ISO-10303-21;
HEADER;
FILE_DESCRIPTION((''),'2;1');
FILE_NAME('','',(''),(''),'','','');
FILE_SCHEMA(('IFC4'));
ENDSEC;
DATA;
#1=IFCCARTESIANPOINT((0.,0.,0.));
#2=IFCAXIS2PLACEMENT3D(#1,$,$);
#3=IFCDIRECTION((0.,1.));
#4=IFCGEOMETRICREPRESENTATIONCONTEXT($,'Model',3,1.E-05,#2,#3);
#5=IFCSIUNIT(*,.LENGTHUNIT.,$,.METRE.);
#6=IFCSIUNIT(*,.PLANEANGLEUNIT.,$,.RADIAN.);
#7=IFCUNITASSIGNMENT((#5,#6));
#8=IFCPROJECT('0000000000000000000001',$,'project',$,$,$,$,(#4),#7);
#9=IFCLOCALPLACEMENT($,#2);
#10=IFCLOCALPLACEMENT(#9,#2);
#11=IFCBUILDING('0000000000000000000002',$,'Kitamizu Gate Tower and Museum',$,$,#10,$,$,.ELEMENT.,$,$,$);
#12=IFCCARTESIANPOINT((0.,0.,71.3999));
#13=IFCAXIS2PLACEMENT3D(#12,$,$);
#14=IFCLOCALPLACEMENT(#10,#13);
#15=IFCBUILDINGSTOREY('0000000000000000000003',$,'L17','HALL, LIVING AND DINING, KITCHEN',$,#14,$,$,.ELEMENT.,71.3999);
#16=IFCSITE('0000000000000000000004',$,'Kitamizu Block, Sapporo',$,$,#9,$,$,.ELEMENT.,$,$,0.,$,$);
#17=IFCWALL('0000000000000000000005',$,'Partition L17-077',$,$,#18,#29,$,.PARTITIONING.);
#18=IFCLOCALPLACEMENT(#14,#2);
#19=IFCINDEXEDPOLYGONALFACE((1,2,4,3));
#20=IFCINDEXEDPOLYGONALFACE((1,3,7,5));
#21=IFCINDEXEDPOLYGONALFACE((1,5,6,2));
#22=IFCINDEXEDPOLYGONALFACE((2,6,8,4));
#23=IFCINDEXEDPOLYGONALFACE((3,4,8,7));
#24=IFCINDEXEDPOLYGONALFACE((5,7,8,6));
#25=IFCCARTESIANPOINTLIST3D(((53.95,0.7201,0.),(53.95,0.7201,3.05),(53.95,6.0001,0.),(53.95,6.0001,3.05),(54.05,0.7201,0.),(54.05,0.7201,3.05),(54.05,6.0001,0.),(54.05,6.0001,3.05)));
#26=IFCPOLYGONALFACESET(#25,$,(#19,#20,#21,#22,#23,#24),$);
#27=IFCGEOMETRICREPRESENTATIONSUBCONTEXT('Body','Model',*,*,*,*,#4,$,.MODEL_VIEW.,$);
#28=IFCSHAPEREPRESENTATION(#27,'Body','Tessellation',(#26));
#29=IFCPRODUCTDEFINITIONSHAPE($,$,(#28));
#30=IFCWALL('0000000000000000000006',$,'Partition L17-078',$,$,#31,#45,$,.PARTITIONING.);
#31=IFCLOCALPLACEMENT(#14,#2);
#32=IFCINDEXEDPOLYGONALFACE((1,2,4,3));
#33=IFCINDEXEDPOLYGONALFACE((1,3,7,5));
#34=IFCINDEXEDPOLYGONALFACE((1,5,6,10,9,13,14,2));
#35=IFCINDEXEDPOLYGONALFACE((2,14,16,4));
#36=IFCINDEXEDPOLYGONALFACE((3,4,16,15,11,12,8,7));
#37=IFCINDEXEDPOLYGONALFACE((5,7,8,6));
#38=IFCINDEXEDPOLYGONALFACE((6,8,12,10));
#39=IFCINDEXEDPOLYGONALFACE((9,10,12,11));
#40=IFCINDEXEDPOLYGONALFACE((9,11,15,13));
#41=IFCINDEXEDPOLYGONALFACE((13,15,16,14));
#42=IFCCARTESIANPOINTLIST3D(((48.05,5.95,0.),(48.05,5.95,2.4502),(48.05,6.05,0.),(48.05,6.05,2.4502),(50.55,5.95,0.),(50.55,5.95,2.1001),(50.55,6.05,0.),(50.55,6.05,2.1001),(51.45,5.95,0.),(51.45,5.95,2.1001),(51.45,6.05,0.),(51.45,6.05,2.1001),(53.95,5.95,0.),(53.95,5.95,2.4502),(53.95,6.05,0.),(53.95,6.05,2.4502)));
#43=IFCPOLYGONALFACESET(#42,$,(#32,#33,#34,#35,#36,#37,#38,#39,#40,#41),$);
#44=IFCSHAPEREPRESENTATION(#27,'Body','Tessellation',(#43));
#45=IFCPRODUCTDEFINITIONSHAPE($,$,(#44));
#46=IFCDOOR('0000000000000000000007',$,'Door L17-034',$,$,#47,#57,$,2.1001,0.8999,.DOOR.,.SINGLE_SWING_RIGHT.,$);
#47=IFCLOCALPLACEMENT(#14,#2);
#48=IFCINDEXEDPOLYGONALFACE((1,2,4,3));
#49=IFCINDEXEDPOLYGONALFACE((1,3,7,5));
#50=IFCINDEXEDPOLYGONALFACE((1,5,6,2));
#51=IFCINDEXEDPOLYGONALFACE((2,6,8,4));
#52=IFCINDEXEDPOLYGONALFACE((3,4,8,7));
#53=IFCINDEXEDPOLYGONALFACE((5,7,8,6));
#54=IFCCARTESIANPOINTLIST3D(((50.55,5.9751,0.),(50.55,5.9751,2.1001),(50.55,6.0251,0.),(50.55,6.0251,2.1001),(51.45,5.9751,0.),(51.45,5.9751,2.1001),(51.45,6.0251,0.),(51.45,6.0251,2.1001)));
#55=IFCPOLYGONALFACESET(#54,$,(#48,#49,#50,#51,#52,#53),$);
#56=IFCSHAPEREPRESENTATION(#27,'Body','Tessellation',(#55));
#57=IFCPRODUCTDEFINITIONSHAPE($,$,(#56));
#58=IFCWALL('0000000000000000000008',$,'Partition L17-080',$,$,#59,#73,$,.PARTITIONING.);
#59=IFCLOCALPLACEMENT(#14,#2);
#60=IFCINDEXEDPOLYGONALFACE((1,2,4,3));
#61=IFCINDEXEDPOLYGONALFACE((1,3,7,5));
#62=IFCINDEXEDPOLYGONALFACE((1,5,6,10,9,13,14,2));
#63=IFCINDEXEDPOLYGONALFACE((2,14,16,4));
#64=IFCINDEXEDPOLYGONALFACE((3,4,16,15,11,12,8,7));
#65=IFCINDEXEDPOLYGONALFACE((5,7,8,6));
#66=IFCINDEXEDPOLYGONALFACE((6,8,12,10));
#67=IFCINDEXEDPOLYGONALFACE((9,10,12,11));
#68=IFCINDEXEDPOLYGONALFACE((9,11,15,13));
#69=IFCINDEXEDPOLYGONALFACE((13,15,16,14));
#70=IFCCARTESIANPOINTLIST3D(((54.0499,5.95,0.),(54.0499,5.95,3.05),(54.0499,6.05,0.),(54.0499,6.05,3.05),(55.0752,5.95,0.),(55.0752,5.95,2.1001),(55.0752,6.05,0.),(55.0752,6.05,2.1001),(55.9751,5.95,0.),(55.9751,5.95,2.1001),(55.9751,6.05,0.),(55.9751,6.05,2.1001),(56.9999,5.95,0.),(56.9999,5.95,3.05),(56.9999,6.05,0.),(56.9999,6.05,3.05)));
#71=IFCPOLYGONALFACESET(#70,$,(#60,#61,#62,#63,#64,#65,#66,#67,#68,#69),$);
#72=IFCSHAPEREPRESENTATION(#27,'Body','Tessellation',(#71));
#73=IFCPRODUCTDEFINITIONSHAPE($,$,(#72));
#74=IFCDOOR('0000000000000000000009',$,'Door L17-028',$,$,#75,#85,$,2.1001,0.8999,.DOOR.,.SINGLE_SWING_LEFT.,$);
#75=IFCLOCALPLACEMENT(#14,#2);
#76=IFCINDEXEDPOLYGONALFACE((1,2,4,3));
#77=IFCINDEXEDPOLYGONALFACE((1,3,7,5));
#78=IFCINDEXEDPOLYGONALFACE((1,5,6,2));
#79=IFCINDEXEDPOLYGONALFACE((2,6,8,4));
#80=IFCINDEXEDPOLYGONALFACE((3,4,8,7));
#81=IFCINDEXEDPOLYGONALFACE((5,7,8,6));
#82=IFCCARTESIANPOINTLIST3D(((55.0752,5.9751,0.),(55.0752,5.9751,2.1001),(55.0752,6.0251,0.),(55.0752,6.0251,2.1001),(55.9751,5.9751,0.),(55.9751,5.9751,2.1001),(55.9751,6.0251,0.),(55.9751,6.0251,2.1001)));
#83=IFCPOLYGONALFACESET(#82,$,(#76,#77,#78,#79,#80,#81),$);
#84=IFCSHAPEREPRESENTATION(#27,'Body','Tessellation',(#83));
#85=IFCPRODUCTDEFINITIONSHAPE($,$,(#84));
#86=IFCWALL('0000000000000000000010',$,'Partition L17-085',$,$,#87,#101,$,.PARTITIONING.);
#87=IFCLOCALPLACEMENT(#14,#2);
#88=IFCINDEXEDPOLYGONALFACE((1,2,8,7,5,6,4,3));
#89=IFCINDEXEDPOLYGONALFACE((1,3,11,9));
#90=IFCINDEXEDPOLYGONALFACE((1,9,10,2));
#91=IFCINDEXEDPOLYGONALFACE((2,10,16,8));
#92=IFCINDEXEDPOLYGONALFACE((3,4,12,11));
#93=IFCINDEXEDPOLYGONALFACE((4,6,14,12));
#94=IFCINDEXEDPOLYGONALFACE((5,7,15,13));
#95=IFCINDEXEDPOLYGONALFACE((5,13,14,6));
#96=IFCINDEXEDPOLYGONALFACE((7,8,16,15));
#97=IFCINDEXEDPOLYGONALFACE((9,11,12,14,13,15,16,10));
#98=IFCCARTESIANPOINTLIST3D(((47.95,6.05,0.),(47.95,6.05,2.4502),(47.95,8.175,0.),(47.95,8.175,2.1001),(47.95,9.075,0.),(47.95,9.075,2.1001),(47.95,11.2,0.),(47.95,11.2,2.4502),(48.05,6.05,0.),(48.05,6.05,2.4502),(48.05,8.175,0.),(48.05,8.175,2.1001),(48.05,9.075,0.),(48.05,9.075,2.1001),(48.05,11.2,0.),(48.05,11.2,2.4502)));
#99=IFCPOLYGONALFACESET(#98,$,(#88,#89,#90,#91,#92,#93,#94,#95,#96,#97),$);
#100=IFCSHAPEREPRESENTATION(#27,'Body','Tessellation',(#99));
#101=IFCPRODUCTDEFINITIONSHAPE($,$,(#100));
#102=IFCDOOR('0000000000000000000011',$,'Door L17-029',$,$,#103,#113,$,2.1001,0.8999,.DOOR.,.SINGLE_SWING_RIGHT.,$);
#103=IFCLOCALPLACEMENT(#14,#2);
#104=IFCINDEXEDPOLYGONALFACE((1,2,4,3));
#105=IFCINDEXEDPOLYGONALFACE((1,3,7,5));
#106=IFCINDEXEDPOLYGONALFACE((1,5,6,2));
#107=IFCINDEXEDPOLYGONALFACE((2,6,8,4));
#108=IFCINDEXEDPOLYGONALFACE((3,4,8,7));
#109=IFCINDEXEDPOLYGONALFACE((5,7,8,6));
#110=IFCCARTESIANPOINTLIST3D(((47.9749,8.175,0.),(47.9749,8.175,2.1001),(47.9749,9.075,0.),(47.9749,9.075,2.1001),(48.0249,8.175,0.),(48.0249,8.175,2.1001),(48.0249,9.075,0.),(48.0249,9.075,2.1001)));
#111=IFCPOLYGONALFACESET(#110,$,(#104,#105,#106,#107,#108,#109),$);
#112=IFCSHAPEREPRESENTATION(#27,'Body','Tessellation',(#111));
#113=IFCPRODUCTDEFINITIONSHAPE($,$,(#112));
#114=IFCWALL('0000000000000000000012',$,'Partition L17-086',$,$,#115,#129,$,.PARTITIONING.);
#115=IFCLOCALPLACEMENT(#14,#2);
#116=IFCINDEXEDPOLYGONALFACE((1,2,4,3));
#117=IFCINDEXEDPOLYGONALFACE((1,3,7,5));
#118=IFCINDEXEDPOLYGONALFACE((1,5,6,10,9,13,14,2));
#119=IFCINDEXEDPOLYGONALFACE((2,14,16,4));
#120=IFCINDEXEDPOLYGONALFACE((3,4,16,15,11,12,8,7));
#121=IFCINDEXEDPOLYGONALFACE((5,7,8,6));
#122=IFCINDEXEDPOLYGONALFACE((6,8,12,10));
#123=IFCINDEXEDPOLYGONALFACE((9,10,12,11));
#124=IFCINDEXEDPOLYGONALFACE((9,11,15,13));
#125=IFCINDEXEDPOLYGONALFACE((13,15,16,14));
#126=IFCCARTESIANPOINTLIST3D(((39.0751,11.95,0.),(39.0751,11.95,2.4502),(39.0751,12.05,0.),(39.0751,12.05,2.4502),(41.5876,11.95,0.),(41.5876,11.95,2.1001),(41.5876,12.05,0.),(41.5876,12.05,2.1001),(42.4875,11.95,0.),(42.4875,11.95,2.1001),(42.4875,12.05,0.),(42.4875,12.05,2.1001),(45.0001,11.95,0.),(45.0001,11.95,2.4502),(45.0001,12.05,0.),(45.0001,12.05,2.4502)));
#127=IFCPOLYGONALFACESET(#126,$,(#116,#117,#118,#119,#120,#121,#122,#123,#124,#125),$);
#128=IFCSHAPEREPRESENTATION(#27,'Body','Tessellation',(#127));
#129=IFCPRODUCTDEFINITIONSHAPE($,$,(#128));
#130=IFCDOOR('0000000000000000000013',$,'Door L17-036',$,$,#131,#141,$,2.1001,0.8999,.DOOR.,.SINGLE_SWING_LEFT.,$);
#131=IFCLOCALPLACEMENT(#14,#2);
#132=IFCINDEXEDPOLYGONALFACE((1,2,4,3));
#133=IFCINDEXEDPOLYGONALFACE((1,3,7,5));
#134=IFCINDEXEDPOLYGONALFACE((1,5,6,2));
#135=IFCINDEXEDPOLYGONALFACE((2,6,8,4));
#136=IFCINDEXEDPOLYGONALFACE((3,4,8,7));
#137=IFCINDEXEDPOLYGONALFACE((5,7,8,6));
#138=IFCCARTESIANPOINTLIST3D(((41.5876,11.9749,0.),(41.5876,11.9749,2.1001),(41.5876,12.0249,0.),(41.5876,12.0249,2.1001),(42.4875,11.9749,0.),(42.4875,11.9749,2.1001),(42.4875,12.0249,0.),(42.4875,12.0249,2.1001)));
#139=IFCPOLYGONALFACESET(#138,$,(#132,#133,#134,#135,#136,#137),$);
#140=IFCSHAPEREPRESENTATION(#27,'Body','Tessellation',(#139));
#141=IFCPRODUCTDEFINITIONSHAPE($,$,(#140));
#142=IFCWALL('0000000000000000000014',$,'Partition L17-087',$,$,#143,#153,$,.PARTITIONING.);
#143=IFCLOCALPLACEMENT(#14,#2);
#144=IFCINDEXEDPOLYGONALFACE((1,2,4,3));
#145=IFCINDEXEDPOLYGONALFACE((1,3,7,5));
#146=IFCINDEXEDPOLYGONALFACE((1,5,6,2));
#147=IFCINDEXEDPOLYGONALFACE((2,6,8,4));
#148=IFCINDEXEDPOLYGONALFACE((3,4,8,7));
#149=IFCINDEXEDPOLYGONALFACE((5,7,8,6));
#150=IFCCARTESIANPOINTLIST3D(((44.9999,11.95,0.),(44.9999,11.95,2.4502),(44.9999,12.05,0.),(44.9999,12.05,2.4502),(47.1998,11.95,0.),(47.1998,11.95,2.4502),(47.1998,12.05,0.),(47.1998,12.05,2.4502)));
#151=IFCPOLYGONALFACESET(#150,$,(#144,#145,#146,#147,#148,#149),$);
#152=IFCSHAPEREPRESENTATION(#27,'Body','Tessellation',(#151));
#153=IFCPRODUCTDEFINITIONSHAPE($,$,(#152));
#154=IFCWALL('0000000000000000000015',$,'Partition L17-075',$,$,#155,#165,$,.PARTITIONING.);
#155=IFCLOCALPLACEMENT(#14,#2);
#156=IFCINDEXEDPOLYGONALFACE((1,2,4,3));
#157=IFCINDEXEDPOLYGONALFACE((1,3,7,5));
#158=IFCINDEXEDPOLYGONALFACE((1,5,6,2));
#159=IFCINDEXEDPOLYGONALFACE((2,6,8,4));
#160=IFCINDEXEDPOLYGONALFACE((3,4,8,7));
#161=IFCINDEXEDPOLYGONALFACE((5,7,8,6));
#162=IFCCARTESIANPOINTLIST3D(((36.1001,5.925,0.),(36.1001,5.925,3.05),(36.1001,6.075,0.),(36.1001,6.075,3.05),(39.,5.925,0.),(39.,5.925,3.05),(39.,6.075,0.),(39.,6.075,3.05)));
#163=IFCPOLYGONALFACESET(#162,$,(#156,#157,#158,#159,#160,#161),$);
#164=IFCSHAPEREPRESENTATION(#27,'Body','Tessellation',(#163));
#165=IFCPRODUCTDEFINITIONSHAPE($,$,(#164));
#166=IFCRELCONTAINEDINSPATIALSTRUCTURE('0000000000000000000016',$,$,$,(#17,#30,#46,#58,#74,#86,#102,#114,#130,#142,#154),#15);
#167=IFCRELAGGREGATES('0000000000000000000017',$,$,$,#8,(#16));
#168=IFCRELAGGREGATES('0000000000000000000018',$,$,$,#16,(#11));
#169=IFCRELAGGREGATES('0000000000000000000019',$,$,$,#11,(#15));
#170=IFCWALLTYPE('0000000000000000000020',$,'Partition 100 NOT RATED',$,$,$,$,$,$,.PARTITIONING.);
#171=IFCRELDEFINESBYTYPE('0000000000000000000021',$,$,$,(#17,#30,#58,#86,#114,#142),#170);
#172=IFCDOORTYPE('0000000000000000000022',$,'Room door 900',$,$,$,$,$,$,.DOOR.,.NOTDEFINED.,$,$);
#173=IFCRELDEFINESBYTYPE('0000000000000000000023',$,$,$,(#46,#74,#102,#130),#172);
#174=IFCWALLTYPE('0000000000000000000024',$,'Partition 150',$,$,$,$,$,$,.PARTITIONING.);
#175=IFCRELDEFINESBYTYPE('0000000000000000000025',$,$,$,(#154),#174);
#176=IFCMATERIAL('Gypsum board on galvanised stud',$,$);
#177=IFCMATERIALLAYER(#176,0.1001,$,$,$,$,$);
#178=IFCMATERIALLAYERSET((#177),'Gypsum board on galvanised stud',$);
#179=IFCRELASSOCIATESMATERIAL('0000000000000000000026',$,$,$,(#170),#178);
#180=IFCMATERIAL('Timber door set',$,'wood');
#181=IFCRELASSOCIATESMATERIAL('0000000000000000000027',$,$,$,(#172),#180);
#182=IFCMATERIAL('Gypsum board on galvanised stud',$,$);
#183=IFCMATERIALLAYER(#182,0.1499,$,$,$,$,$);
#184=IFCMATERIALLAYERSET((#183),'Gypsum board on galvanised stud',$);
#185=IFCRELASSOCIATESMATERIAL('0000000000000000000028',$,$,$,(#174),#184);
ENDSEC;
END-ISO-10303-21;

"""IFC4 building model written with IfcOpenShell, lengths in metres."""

from ifc_helpers import new_model, si_unit, direction, frame, frame_2d, origin, place, context, subcontext, project, spatial, rectangle, extrude, material, layer, layer_set, type_object, element, fill, save


model = new_model("IFC4")

# Units and contexts
model_context = context("Model", 3, precision=1e-05, world=origin(), true_north=direction((0.0, 1.0)))
body_context = subcontext(model_context, "Body", "Model", "MODEL_VIEW")
ifc_project = project(units=[si_unit("LENGTHUNIT", "METRE"), si_unit("PLANEANGLEUNIT", "RADIAN")], contexts=[model_context])

# Site, building, storey
site_placement = place(None, origin())
site = spatial("IfcSite", under=ifc_project, at=site_placement, Name="Kitamizu Block, Sapporo", CompositionType="ELEMENT", RefElevation=0.0)
building_placement = place(site_placement, origin())
building = spatial("IfcBuilding", under=site, at=building_placement, Name="Kitamizu Gate Tower and Museum", CompositionType="ELEMENT")
storey_placement = place(building_placement, frame((0.0, 0.0, 71.3999)))
storey = spatial("IfcBuildingStorey", under=building, at=storey_placement, Name="L17", Description="HALL, LIVING AND DINING, KITCHEN", CompositionType="ELEMENT", Elevation=71.3999)

# Shared definitions
ifc_material_1 = material(Name="Gypsum board on galvanised stud")
ifc_layer_1 = layer(ifc_material_1, 0.1001)
ifc_layer_set_1 = layer_set([ifc_layer_1], Name="Gypsum board on galvanised stud")
wall_type_1 = type_object("IfcWallType", Name="Partition 100 NOT RATED", PredefinedType="PARTITIONING", material=ifc_layer_set_1)

# Shared definitions
ifc_material_2 = material(Name="Timber door set", Category="wood")
door_type_1 = type_object("IfcDoorType", Name="Room door 900", OperationType="NOTDEFINED", PredefinedType="DOOR", material=ifc_material_2)

# Wall
wall_1_placement = place(storey_placement, frame((54.0, 0.72, 0.0), z_axis=(0.0, 0.0, 1.0), x_axis=(0.0, 1.0, 0.0)))
element("IfcWall", 1, at=wall_1_placement, inside=storey, type_object=wall_type_1, Name="Partition L17-077", PredefinedType="PARTITIONING", context=body_context, shape_type="SweptSolid", body=[
    extrude(rectangle(XDim=5.28, YDim=0.1001, at=frame_2d((2.6401, 0.0))), origin(), (0.0, 0.0, 1.0), 3.05),
])

# Walls, openings, doors
wall_2_placement = place(storey_placement, frame((53.95, 6.0, 0.0), z_axis=(0.0, 0.0, 1.0), x_axis=(-1.0, 0.0, 0.0)))
wall_2 = element("IfcWall", 2, at=wall_2_placement, inside=storey, type_object=wall_type_1, Name="Partition L17-078", PredefinedType="PARTITIONING", context=body_context, shape_type="SweptSolid", body=[
    extrude(rectangle(XDim=5.8999, YDim=0.1001, at=frame_2d((2.95, 0.0))), origin(), (0.0, 0.0, 1.0), 2.4502),
])
opening_1_placement = place(wall_2_placement, frame((2.5, 0.0, 0.0)))
opening_1 = element("IfcOpeningElement", 3, at=opening_1_placement, cuts=wall_2, PredefinedType="OPENING", context=body_context, shape_type="SweptSolid", body=[
    extrude(rectangle(XDim=0.8999, YDim=2.1001, at=frame_2d((0.45, 1.05))), frame((0.0, 0.0601, 0.0), z_axis=(0.0, -1.0, 0.0), x_axis=(1.0, 0.0, 0.0)), (0.0, 0.0, 1.0), 0.1201),
])
door_1_placement = place(opening_1_placement, origin())
door_1 = element("IfcDoor", 4, at=door_1_placement, inside=storey, type_object=door_type_1, Name="Door L17-034", OperationType="SINGLE_SWING_RIGHT", OverallHeight=2.1001, OverallWidth=0.8999, PredefinedType="DOOR", context=body_context, shape_type="SweptSolid", body=[
    extrude(rectangle(XDim=0.8999, YDim=2.1001, at=frame_2d((0.45, 1.05))), frame((0.0, 0.0249, 0.0), z_axis=(0.0, -1.0, 0.0), x_axis=(1.0, 0.0, 0.0)), (0.0, 0.0, 1.0), 0.05),
])
fill(opening_1, door_1)
wall_3_placement = place(storey_placement, frame((57.0, 6.0, 0.0), z_axis=(0.0, 0.0, 1.0), x_axis=(-1.0, 0.0, 0.0)))
wall_3 = element("IfcWall", 5, at=wall_3_placement, inside=storey, type_object=wall_type_1, Name="Partition L17-080", PredefinedType="PARTITIONING", context=body_context, shape_type="SweptSolid", body=[
    extrude(rectangle(XDim=2.95, YDim=0.1001, at=frame_2d((1.4751, 0.0))), origin(), (0.0, 0.0, 1.0), 3.05),
])
opening_2_placement = place(wall_3_placement, frame((1.0249, 0.0, 0.0)))
opening_2 = element("IfcOpeningElement", 6, at=opening_2_placement, cuts=wall_3, PredefinedType="OPENING", context=body_context, shape_type="SweptSolid", body=[
    extrude(rectangle(XDim=0.8999, YDim=2.1001, at=frame_2d((0.45, 1.05))), frame((0.0, 0.0601, 0.0), z_axis=(0.0, -1.0, 0.0), x_axis=(1.0, 0.0, 0.0)), (0.0, 0.0, 1.0), 0.1201),
])
door_2_placement = place(opening_2_placement, origin())
door_2 = element("IfcDoor", 7, at=door_2_placement, inside=storey, type_object=door_type_1, Name="Door L17-028", OperationType="SINGLE_SWING_LEFT", OverallHeight=2.1001, OverallWidth=0.8999, PredefinedType="DOOR", context=body_context, shape_type="SweptSolid", body=[
    extrude(rectangle(XDim=0.8999, YDim=2.1001, at=frame_2d((0.45, 1.05))), frame((0.0, 0.0249, 0.0), z_axis=(0.0, -1.0, 0.0), x_axis=(1.0, 0.0, 0.0)), (0.0, 0.0, 1.0), 0.05),
])
fill(opening_2, door_2)
wall_4_placement = place(storey_placement, frame((48.0, 6.05, 0.0), z_axis=(0.0, 0.0, 1.0), x_axis=(0.0, 1.0, 0.0)))
wall_4 = element("IfcWall", 8, at=wall_4_placement, inside=storey, type_object=wall_type_1, Name="Partition L17-085", PredefinedType="PARTITIONING", context=body_context, shape_type="SweptSolid", body=[
    extrude(rectangle(XDim=5.1499, YDim=0.1001, at=frame_2d((2.575, 0.0))), origin(), (0.0, 0.0, 1.0), 2.4502),
])
opening_3_placement = place(wall_4_placement, frame((2.125, 0.0, 0.0)))
opening_3 = element("IfcOpeningElement", 9, at=opening_3_placement, cuts=wall_4, PredefinedType="OPENING", context=body_context, shape_type="SweptSolid", body=[
    extrude(rectangle(XDim=0.8999, YDim=2.1001, at=frame_2d((0.45, 1.05))), frame((0.0, 0.0601, 0.0), z_axis=(0.0, -1.0, 0.0), x_axis=(1.0, 0.0, 0.0)), (0.0, 0.0, 1.0), 0.1201),
])
door_3_placement = place(opening_3_placement, frame((0.8999, 0.0, 0.0), x_axis=(-1.0, 0.0, 0.0)))
door_3 = element("IfcDoor", 10, at=door_3_placement, inside=storey, type_object=door_type_1, Name="Door L17-029", OperationType="SINGLE_SWING_RIGHT", OverallHeight=2.1001, OverallWidth=0.8999, PredefinedType="DOOR", context=body_context, shape_type="SweptSolid", body=[
    extrude(rectangle(XDim=0.8999, YDim=2.1001, at=frame_2d((0.45, 1.05))), frame((0.0, 0.0249, 0.0), z_axis=(0.0, -1.0, 0.0), x_axis=(1.0, 0.0, 0.0)), (0.0, 0.0, 1.0), 0.05),
])
fill(opening_3, door_3)
wall_5_placement = place(storey_placement, frame((45.0, 12.0, 0.0), z_axis=(0.0, 0.0, 1.0), x_axis=(-1.0, 0.0, 0.0)))
wall_5 = element("IfcWall", 11, at=wall_5_placement, inside=storey, type_object=wall_type_1, Name="Partition L17-086", PredefinedType="PARTITIONING", context=body_context, shape_type="SweptSolid", body=[
    extrude(rectangle(XDim=5.925, YDim=0.1001, at=frame_2d((2.9624, 0.0))), origin(), (0.0, 0.0, 1.0), 2.4502),
])
opening_4_placement = place(wall_5_placement, frame((2.5125, 0.0, 0.0)))
opening_4 = element("IfcOpeningElement", 12, at=opening_4_placement, cuts=wall_5, PredefinedType="OPENING", context=body_context, shape_type="SweptSolid", body=[
    extrude(rectangle(XDim=0.8999, YDim=2.1001, at=frame_2d((0.45, 1.05))), frame((0.0, 0.0601, 0.0), z_axis=(0.0, -1.0, 0.0), x_axis=(1.0, 0.0, 0.0)), (0.0, 0.0, 1.0), 0.1201),
])
door_4_placement = place(opening_4_placement, frame((0.8999, 0.0, 0.0), x_axis=(-1.0, 0.0, 0.0)))
door_4 = element("IfcDoor", 13, at=door_4_placement, inside=storey, type_object=door_type_1, Name="Door L17-036", OperationType="SINGLE_SWING_LEFT", OverallHeight=2.1001, OverallWidth=0.8999, PredefinedType="DOOR", context=body_context, shape_type="SweptSolid", body=[
    extrude(rectangle(XDim=0.8999, YDim=2.1001, at=frame_2d((0.45, 1.05))), frame((0.0, 0.0249, 0.0), z_axis=(0.0, -1.0, 0.0), x_axis=(1.0, 0.0, 0.0)), (0.0, 0.0, 1.0), 0.05),
])
fill(opening_4, door_4)

# Walls
wall_6_placement = place(storey_placement, frame((47.2, 12.0, 0.0), z_axis=(0.0, 0.0, 1.0), x_axis=(-1.0, 0.0, 0.0)))
element("IfcWall", 14, at=wall_6_placement, inside=storey, type_object=wall_type_1, Name="Partition L17-087", PredefinedType="PARTITIONING", context=body_context, shape_type="SweptSolid", body=[
    extrude(rectangle(XDim=2.2, YDim=0.1001, at=frame_2d((1.1001, 0.0))), origin(), (0.0, 0.0, 1.0), 2.4502),
])
ifc_material_3 = material(Name="Gypsum board on galvanised stud")
ifc_layer_2 = layer(ifc_material_3, 0.1499)
ifc_layer_set_2 = layer_set([ifc_layer_2], Name="Gypsum board on galvanised stud")
wall_type_2 = type_object("IfcWallType", Name="Partition 150", PredefinedType="PARTITIONING", material=ifc_layer_set_2)
wall_7_placement = place(storey_placement, frame((39.0, 6.0, 0.0), z_axis=(0.0, 0.0, 1.0), x_axis=(-1.0, 0.0, 0.0)))
element("IfcWall", 15, at=wall_7_placement, inside=storey, type_object=wall_type_2, Name="Partition L17-075", PredefinedType="PARTITIONING", context=body_context, shape_type="SweptSolid", body=[
    extrude(rectangle(XDim=2.8999, YDim=0.1499, at=frame_2d((1.45, 0.0))), origin(), (0.0, 0.0, 1.0), 3.05),
])

save(model, "model.ifc")
